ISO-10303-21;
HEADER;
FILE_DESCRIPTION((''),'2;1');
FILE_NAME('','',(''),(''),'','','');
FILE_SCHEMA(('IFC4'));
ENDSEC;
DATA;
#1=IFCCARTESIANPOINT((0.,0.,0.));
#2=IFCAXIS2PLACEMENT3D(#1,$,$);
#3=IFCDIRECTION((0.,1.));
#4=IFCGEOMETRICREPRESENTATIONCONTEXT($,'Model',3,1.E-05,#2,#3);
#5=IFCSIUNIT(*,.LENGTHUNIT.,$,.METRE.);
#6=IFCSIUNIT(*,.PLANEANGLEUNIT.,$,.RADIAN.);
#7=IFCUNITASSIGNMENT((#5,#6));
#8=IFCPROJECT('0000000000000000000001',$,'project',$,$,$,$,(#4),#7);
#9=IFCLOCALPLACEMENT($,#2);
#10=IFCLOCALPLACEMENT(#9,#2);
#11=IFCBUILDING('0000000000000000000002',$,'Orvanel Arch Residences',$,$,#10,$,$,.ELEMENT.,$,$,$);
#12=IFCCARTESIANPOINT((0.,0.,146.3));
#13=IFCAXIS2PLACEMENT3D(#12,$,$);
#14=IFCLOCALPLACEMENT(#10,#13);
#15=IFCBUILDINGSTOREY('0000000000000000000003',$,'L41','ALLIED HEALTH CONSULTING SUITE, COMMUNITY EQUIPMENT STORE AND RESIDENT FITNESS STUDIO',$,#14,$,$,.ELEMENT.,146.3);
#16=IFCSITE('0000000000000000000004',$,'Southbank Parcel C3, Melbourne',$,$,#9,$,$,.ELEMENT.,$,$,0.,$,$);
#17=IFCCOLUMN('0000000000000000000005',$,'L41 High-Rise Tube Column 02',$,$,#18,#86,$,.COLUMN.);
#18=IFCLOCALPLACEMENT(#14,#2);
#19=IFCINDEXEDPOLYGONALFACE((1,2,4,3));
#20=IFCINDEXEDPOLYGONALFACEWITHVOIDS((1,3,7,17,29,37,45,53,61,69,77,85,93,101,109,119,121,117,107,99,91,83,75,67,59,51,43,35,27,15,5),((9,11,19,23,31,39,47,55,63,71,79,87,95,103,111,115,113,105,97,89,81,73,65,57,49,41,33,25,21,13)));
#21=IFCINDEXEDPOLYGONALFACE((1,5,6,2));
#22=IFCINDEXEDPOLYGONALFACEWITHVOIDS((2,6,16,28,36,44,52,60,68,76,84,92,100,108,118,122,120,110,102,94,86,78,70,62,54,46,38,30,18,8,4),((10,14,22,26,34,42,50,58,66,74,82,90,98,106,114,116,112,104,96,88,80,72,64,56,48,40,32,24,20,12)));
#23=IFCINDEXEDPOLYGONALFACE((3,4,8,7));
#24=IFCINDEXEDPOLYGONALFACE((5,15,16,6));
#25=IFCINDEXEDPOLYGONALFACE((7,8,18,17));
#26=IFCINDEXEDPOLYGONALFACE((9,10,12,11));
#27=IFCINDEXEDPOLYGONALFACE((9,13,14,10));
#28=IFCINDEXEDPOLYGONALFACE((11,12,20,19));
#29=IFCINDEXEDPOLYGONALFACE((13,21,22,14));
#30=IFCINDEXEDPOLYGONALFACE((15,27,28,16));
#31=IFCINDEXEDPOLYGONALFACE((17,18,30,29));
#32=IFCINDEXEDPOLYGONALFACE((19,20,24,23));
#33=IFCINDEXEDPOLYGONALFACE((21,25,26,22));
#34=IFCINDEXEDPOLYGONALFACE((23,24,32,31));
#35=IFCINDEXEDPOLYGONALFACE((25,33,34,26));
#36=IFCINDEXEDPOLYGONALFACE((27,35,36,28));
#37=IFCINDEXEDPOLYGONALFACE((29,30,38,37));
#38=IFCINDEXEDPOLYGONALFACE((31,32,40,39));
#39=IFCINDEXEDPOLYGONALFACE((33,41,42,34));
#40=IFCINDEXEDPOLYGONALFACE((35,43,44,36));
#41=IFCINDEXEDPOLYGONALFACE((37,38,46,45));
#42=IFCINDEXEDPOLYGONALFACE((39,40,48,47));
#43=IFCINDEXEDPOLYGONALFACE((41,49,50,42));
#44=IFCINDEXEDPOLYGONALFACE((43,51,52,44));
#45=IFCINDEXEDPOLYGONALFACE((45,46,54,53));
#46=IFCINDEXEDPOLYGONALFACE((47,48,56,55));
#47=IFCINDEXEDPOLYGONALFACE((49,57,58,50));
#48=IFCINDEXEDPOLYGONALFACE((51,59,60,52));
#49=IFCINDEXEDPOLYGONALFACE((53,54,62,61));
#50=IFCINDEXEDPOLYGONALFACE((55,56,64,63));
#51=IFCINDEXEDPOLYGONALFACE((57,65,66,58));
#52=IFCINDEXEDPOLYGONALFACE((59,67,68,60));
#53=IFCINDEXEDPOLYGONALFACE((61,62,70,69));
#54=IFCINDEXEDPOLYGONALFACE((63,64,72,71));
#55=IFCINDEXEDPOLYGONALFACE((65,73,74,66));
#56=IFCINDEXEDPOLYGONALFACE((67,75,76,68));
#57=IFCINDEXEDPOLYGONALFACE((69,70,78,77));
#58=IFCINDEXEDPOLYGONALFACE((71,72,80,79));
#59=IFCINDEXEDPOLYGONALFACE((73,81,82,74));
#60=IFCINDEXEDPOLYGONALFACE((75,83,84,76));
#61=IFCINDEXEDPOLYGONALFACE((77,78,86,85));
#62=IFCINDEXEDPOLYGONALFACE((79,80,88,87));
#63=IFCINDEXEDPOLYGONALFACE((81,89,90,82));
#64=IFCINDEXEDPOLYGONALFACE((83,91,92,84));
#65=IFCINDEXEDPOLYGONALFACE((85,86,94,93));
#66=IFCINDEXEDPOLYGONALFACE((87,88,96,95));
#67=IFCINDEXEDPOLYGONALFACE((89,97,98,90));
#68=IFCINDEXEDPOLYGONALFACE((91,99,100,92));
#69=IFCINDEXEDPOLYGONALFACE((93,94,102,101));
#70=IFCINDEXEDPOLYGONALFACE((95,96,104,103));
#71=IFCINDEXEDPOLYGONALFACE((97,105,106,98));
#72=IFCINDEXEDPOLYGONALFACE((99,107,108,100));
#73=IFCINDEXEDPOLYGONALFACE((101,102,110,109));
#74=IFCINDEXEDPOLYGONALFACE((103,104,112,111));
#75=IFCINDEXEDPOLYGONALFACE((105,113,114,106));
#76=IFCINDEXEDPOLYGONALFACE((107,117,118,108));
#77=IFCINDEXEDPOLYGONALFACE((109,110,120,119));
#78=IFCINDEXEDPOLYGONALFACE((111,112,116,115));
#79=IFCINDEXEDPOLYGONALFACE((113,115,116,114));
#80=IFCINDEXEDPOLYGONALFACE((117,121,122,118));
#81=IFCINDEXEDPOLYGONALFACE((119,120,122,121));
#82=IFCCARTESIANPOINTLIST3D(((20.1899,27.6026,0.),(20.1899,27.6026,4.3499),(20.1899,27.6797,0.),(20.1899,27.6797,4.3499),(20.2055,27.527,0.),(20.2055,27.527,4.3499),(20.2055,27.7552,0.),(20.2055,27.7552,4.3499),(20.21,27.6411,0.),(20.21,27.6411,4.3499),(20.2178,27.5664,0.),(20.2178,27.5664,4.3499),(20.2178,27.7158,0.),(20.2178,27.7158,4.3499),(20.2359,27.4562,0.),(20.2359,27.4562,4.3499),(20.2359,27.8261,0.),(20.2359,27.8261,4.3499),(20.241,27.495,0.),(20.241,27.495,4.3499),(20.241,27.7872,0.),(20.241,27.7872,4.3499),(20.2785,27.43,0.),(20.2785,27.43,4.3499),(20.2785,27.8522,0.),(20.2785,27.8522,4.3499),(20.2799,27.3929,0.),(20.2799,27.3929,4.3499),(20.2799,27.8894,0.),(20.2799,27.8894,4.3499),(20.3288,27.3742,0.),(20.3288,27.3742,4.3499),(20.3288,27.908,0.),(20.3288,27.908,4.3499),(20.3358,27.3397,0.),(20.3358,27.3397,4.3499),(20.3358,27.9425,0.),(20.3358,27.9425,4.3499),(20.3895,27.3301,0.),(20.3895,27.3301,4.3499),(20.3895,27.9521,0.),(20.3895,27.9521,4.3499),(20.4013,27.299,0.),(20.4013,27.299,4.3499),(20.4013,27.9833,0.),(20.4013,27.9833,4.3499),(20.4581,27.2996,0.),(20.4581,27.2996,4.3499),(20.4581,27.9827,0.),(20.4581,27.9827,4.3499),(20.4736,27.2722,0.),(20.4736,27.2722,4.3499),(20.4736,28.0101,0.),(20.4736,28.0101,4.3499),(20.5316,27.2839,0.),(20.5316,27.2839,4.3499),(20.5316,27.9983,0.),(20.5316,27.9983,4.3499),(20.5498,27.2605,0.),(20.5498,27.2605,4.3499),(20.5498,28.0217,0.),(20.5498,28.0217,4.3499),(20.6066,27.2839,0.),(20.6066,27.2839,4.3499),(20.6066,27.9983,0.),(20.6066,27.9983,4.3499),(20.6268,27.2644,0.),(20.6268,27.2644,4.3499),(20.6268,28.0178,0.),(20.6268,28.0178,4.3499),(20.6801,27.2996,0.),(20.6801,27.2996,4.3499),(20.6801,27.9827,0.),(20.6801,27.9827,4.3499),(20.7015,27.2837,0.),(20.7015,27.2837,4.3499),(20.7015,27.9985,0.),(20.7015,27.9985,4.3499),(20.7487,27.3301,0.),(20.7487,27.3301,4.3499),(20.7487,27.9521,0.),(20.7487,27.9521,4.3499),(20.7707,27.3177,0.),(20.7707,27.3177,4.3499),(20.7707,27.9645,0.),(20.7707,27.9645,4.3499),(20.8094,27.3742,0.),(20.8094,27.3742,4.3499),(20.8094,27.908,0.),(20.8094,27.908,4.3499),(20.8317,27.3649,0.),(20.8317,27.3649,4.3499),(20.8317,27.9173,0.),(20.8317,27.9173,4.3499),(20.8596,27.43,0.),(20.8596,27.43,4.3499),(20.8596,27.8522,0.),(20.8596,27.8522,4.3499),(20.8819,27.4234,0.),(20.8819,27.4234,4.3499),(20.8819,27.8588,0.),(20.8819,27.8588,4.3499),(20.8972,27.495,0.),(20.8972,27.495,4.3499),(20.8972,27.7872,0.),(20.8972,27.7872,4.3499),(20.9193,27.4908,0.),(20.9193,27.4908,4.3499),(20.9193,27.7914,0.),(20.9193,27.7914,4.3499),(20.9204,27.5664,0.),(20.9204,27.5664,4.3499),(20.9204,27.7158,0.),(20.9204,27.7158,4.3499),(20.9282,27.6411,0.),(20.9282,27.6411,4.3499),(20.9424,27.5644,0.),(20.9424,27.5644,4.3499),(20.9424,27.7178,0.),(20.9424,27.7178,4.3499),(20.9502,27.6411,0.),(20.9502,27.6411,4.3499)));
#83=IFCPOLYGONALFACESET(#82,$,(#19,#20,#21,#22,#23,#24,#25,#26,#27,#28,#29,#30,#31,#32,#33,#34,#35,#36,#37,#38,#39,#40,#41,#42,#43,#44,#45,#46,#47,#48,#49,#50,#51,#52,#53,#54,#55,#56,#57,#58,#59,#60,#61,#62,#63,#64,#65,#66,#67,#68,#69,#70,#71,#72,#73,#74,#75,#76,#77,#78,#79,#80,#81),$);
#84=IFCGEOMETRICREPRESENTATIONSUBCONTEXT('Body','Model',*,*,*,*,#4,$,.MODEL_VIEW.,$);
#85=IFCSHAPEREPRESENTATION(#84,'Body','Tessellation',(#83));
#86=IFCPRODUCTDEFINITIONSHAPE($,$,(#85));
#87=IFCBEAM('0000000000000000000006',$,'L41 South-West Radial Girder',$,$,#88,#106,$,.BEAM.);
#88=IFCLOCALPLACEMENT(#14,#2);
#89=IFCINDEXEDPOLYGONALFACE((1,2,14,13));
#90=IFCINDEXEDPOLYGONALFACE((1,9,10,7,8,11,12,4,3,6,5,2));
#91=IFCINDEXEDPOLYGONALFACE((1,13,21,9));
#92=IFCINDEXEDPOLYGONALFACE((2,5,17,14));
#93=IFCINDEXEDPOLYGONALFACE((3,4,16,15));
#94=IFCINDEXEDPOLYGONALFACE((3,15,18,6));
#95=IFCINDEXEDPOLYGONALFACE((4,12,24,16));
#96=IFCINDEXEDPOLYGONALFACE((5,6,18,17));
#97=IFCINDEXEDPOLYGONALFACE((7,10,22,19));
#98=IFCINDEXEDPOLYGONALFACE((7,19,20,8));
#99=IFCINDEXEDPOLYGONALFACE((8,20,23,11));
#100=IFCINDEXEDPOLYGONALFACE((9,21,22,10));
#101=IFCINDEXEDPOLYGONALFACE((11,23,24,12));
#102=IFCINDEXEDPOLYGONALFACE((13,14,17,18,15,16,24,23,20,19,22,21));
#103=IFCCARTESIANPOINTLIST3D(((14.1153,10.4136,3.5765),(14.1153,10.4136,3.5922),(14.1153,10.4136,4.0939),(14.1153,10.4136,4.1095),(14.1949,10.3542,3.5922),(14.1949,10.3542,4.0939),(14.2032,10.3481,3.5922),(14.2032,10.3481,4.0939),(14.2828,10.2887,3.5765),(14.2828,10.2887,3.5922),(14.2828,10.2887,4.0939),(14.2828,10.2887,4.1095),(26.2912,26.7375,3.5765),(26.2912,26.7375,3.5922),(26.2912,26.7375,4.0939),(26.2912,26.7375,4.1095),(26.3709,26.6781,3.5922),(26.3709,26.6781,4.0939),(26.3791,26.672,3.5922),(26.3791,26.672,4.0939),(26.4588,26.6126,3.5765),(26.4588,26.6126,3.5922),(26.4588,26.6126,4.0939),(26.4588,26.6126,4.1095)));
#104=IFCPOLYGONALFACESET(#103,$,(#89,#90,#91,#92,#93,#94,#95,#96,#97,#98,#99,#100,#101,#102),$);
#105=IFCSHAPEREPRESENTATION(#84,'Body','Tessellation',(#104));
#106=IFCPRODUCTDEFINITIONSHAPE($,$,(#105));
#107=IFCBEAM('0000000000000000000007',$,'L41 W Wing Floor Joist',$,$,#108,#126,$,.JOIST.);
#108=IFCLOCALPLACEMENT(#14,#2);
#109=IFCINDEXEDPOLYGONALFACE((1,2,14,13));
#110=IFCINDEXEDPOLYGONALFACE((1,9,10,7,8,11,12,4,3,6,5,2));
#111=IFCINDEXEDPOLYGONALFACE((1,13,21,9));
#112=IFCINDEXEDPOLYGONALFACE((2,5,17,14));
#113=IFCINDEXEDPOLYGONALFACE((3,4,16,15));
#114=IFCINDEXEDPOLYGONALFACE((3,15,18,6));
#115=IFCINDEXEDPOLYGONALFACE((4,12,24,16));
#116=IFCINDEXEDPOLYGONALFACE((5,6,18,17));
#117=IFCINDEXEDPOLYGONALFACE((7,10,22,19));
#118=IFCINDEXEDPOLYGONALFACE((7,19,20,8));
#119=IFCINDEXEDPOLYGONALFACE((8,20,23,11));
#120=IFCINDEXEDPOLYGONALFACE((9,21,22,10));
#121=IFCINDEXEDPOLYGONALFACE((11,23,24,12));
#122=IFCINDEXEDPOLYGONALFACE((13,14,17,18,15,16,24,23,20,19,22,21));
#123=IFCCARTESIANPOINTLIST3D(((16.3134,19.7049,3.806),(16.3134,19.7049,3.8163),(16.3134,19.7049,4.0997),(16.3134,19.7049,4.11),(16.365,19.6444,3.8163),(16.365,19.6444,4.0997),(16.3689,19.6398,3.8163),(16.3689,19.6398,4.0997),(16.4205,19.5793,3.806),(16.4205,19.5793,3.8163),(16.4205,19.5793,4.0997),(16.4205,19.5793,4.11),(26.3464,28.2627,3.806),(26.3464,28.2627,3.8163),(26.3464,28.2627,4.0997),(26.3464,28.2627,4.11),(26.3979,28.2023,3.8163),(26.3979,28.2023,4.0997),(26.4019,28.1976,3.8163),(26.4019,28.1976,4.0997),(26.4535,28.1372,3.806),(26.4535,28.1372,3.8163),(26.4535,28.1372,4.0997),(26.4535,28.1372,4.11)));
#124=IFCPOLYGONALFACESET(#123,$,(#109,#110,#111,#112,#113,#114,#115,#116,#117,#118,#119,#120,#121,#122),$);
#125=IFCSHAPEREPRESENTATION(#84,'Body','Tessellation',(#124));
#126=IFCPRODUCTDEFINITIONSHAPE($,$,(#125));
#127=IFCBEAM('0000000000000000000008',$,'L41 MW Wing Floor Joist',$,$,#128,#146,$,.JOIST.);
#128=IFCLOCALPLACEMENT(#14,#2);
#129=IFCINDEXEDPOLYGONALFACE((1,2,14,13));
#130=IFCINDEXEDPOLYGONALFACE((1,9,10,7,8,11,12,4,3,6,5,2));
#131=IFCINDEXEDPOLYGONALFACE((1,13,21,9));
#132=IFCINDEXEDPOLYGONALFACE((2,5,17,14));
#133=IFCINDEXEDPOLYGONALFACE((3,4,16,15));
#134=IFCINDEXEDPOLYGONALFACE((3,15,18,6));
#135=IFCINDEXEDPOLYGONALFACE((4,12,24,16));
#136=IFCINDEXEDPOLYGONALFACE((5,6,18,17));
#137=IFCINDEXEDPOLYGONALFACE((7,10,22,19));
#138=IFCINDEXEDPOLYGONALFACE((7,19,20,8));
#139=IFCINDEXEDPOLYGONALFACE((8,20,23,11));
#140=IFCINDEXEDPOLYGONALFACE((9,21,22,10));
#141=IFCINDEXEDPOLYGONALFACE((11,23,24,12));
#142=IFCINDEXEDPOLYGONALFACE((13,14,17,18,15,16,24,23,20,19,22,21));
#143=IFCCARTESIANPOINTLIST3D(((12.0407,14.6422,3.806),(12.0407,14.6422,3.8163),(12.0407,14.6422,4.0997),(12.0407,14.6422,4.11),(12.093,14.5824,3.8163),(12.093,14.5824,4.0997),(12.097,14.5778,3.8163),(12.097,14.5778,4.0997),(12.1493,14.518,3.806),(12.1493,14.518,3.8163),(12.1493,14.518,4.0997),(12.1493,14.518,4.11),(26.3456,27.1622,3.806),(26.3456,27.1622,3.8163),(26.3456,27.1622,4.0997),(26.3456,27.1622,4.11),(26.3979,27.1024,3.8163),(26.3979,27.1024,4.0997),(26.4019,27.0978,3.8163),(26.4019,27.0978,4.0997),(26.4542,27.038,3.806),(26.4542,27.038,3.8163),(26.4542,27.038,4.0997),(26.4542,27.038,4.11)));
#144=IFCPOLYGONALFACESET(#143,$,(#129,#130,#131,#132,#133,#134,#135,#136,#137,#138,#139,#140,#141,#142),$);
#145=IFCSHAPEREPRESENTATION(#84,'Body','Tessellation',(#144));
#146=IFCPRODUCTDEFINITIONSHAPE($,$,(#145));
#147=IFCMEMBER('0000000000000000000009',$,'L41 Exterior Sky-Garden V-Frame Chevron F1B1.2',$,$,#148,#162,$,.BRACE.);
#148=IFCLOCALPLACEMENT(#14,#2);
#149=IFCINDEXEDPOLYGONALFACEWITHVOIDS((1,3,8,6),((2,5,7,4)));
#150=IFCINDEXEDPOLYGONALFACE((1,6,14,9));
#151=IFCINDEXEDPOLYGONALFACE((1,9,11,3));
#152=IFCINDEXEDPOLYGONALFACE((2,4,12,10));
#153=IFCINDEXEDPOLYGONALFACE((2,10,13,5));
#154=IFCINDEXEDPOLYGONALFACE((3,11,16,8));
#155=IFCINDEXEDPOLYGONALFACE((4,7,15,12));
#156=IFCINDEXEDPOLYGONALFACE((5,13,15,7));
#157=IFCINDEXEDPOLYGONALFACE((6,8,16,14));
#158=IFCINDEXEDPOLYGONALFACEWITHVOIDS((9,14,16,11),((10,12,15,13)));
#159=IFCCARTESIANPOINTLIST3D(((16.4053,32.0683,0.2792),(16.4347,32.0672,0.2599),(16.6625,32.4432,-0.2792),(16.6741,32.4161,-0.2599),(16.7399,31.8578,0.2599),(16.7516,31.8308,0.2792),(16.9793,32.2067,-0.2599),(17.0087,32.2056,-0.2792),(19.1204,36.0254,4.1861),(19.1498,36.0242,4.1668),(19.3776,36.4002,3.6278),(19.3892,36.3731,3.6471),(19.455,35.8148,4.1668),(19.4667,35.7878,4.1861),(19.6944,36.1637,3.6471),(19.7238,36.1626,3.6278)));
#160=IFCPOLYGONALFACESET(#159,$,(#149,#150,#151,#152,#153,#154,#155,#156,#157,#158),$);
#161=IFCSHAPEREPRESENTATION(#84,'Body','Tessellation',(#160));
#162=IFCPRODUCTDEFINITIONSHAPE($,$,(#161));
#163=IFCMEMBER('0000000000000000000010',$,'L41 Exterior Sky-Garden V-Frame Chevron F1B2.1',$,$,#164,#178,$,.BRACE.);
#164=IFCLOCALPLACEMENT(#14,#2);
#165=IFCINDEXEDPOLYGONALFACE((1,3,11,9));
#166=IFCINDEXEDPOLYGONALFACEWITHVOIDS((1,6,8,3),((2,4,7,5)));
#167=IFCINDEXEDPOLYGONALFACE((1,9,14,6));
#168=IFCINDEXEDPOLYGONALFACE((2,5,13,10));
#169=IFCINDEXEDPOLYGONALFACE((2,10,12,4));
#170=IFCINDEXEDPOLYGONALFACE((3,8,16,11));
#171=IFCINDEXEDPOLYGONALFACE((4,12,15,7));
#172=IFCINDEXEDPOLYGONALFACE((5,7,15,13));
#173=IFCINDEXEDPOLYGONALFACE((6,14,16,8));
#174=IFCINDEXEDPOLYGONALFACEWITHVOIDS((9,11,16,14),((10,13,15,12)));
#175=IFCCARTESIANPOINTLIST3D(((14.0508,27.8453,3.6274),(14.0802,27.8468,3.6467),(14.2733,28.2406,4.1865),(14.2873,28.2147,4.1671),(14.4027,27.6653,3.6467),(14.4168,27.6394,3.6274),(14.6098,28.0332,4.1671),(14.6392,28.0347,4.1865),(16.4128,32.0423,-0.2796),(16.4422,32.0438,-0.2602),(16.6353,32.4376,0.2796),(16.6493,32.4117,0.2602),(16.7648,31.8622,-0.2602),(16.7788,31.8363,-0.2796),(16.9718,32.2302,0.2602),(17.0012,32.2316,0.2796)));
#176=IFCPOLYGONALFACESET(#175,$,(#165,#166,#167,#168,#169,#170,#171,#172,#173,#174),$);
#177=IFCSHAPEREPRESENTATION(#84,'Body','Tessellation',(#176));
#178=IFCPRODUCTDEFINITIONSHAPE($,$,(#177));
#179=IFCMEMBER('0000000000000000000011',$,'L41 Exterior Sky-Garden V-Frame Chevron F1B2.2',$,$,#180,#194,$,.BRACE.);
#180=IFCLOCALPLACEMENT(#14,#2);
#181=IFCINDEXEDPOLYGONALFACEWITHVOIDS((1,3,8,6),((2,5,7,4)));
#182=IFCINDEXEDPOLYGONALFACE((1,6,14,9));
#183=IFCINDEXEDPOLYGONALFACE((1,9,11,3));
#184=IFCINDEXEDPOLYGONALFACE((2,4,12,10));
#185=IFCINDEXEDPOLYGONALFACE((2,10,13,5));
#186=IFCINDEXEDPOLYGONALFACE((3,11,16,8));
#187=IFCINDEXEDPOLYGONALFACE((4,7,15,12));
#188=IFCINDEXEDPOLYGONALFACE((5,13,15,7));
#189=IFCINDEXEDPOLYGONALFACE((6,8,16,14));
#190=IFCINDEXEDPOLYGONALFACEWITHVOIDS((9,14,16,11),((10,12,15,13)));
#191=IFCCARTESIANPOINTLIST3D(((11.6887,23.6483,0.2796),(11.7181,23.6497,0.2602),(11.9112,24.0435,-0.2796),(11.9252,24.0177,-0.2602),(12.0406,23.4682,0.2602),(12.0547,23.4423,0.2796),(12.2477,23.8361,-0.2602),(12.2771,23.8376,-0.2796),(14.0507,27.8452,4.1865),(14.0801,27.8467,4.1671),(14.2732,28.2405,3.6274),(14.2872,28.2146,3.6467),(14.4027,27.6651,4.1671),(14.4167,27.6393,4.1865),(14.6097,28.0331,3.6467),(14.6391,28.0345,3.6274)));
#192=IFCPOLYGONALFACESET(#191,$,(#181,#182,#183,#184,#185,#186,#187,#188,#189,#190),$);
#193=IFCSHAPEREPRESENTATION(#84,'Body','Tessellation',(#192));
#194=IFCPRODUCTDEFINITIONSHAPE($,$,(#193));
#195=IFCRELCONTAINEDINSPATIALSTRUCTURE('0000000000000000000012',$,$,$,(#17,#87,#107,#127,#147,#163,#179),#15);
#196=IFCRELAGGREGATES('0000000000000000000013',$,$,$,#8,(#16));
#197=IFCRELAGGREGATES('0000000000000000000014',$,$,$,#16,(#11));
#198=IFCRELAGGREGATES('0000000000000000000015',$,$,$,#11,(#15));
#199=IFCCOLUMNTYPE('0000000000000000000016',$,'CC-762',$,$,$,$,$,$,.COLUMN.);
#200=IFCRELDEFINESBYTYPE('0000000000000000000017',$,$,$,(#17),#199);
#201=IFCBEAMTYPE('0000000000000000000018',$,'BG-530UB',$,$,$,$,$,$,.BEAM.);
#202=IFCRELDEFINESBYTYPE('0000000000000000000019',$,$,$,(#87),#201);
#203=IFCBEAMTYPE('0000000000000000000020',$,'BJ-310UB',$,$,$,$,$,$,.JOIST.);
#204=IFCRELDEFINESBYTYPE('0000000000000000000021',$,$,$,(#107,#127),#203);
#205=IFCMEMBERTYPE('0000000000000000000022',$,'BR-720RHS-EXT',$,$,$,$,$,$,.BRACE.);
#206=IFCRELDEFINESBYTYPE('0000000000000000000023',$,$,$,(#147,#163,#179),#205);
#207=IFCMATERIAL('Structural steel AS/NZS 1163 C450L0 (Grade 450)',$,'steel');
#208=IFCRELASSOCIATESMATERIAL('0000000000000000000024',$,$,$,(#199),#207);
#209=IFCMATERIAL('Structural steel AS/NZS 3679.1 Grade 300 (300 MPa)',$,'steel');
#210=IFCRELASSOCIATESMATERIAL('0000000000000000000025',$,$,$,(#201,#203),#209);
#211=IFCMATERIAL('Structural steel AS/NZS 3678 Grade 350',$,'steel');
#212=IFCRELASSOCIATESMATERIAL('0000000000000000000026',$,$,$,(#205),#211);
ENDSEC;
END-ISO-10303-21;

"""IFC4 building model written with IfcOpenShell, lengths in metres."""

from ifc_helpers import new_model, si_unit, direction, frame, origin, origin_2d, place, context, subcontext, project, spatial, hollow_rectangle, hollow_circle, i_section, extrude, material, material_profile, profile_set, type_object, element, save


model = new_model("IFC4")

# Units and contexts
model_context = context("Model", 3, precision=1e-05, world=origin(), true_north=direction((0.0, 1.0)))
body_context = subcontext(model_context, "Body", "Model", "MODEL_VIEW")
ifc_project = project(units=[si_unit("LENGTHUNIT", "METRE"), si_unit("PLANEANGLEUNIT", "RADIAN")], contexts=[model_context])

# Site, building, storey
site_placement = place(None, origin())
site = spatial("IfcSite", under=ifc_project, at=site_placement, Name="Southbank Parcel C3, Melbourne", CompositionType="ELEMENT", RefElevation=0.0)
building_placement = place(site_placement, origin())
building = spatial("IfcBuilding", under=site, at=building_placement, Name="Orvanel Arch Residences", CompositionType="ELEMENT")
storey_placement = place(building_placement, frame((0.0, 0.0, 146.3)))
storey = spatial("IfcBuildingStorey", under=building, at=storey_placement, Name="L41", Description="ALLIED HEALTH CONSULTING SUITE, COMMUNITY EQUIPMENT STORE AND RESIDENT FITNESS STUDIO", CompositionType="ELEMENT", Elevation=146.3)

# Column
ifc_material_1 = material(Name="Structural steel AS/NZS 1163 C450L0 (Grade 450)", Category="steel")
ifc_material_profile_1 = material_profile(ifc_material_1, hollow_circle(Radius=0.3811, WallThickness=0.022, at=origin_2d()), Name="CHS762x22")
ifc_profile_set_1 = profile_set([ifc_material_profile_1], Name="Structural steel AS/NZS 1163 C450L0 (Grade 450)")
column_type = type_object("IfcColumnType", Name="CC-762", PredefinedType="COLUMN", material=ifc_profile_set_1)
column_placement = place(storey_placement, frame((20.5691, 27.6411, 0.0), z_axis=(0.0, 0.0, 1.0), x_axis=(1.0, 0.0, 0.0)))
element("IfcColumn", 1, at=column_placement, inside=storey, type_object=column_type, Name="L41 High-Rise Tube Column 02", PredefinedType="COLUMN", context=body_context, shape_type="SweptSolid", body=[
    extrude(hollow_circle(Radius=0.3811, WallThickness=0.022, at=origin_2d()), origin(), (0.0, 0.0, 1.0), 4.3499),
])

# Beams
ifc_material_2 = material(Name="Structural steel AS/NZS 3679.1 Grade 300 (300 MPa)", Category="steel")
ifc_material_profile_2 = material_profile(ifc_material_2, i_section(OverallWidth=0.209, OverallDepth=0.533, WebThickness=0.0103, FlangeThickness=0.0156, at=origin_2d()), Name="530UB92.4")
ifc_profile_set_2 = profile_set([ifc_material_profile_2], Name="Structural steel AS/NZS 3679.1 Grade 300 (300 MPa)")
beam_type_1 = type_object("IfcBeamType", Name="BG-530UB", PredefinedType="BEAM", material=ifc_profile_set_2)
beam_1_placement = place(storey_placement, frame((26.375, 26.675, 3.843), z_axis=(-0.597894, -0.801575, 0.0), x_axis=(0.801575, -0.597894, 0.0)))
element("IfcBeam", 2, at=beam_1_placement, inside=storey, type_object=beam_type_1, Name="L41 South-West Radial Girder", PredefinedType="BEAM", context=body_context, shape_type="SweptSolid", body=[
    extrude(i_section(OverallWidth=0.209, OverallDepth=0.533, WebThickness=0.0103, FlangeThickness=0.0156, at=origin_2d()), origin(), (0.0, 0.0, 1.0), 20.3647),
])
ifc_material_profile_3 = material_profile(ifc_material_2, i_section(OverallWidth=0.165, OverallDepth=0.304, WebThickness=0.0061, FlangeThickness=0.0103, at=origin_2d()), Name="310UB40.4")
ifc_profile_set_3 = profile_set([ifc_material_profile_3], Name="Structural steel AS/NZS 3679.1 Grade 300 (300 MPa)")
beam_type_2 = type_object("IfcBeamType", Name="BJ-310UB", PredefinedType="JOIST", material=ifc_profile_set_3)
beam_2_placement = place(storey_placement, frame((26.3999, 28.2, 3.958), z_axis=(-0.760821, -0.648961, 0.0), x_axis=(0.648961, -0.760821, 0.0)))
element("IfcBeam", 3, at=beam_2_placement, inside=storey, type_object=beam_type_2, Name="L41 W Wing Floor Joist", PredefinedType="JOIST", context=body_context, shape_type="SweptSolid", body=[
    extrude(i_section(OverallWidth=0.165, OverallDepth=0.304, WebThickness=0.0061, FlangeThickness=0.0103, at=origin_2d()), origin(), (0.0, 0.0, 1.0), 13.187),
])
beam_3_placement = place(storey_placement, frame((26.3999, 27.1001, 3.958), z_axis=(-0.752493, -0.6586, 0.0), x_axis=(0.6586, -0.752493, 0.0)))
element("IfcBeam", 4, at=beam_3_placement, inside=storey, type_object=beam_type_2, Name="L41 MW Wing Floor Joist", PredefinedType="JOIST", context=body_context, shape_type="SweptSolid", body=[
    extrude(i_section(OverallWidth=0.165, OverallDepth=0.304, WebThickness=0.0061, FlangeThickness=0.0103, at=origin_2d()), origin(), (0.0, 0.0, 1.0), 19.01),
])

# Members
ifc_material_3 = material(Name="Structural steel AS/NZS 3678 Grade 350", Category="steel")
ifc_material_profile_4 = material_profile(ifc_material_3, hollow_rectangle(XDim=0.4199, YDim=0.72, WallThickness=0.0249, at=origin_2d()), Name="RHS720x420x25")
ifc_profile_set_4 = profile_set([ifc_material_profile_4], Name="Structural steel AS/NZS 3678 Grade 350")
member_type_1 = type_object("IfcMemberType", Name="BR-720RHS-EXT", PredefinedType="BRACE", material=ifc_profile_set_4)
member_1_placement = place(storey_placement, frame((16.707, 32.137, 0.0), z_axis=(0.43875, 0.639444, 0.631356), x_axis=(-0.824564, 0.565769, 0.0)))
element("IfcMember", 5, at=member_1_placement, inside=storey, type_object=member_type_1, Name="L41 Exterior Sky-Garden V-Frame Chevron F1B1.2", PredefinedType="BRACE", context=body_context, shape_type="SweptSolid", body=[
    extrude(hollow_rectangle(XDim=0.4199, YDim=0.72, WallThickness=0.0249, at=origin_2d()), origin(), (0.0, 0.0, 1.0), 6.1882),
])
for number, where, z_axis, x_axis, name in (
    (6, (16.707, 32.137, 0.0), (-0.380884, -0.676773, 0.630004), (0.871466, -0.490456, 0.0), "L41 Exterior Sky-Garden V-Frame Chevron F1B2.1"),
    (7, (11.9829, 23.7429, 0.0), (0.380884, 0.676773, 0.630004), (-0.871466, 0.490456, 0.0), "L41 Exterior Sky-Garden V-Frame Chevron F1B2.2"),
):
    element("IfcMember", number, at=place(storey_placement, frame(where, z_axis=z_axis, x_axis=x_axis)), inside=storey, type_object=member_type_1, Name=name, PredefinedType="BRACE", context=body_context, shape_type="SweptSolid", body=[
        extrude(hollow_rectangle(XDim=0.4199, YDim=0.72, WallThickness=0.0249, at=origin_2d()), origin(), (0.0, 0.0, 1.0), 6.2014),
    ])

save(model, "model.ifc")
